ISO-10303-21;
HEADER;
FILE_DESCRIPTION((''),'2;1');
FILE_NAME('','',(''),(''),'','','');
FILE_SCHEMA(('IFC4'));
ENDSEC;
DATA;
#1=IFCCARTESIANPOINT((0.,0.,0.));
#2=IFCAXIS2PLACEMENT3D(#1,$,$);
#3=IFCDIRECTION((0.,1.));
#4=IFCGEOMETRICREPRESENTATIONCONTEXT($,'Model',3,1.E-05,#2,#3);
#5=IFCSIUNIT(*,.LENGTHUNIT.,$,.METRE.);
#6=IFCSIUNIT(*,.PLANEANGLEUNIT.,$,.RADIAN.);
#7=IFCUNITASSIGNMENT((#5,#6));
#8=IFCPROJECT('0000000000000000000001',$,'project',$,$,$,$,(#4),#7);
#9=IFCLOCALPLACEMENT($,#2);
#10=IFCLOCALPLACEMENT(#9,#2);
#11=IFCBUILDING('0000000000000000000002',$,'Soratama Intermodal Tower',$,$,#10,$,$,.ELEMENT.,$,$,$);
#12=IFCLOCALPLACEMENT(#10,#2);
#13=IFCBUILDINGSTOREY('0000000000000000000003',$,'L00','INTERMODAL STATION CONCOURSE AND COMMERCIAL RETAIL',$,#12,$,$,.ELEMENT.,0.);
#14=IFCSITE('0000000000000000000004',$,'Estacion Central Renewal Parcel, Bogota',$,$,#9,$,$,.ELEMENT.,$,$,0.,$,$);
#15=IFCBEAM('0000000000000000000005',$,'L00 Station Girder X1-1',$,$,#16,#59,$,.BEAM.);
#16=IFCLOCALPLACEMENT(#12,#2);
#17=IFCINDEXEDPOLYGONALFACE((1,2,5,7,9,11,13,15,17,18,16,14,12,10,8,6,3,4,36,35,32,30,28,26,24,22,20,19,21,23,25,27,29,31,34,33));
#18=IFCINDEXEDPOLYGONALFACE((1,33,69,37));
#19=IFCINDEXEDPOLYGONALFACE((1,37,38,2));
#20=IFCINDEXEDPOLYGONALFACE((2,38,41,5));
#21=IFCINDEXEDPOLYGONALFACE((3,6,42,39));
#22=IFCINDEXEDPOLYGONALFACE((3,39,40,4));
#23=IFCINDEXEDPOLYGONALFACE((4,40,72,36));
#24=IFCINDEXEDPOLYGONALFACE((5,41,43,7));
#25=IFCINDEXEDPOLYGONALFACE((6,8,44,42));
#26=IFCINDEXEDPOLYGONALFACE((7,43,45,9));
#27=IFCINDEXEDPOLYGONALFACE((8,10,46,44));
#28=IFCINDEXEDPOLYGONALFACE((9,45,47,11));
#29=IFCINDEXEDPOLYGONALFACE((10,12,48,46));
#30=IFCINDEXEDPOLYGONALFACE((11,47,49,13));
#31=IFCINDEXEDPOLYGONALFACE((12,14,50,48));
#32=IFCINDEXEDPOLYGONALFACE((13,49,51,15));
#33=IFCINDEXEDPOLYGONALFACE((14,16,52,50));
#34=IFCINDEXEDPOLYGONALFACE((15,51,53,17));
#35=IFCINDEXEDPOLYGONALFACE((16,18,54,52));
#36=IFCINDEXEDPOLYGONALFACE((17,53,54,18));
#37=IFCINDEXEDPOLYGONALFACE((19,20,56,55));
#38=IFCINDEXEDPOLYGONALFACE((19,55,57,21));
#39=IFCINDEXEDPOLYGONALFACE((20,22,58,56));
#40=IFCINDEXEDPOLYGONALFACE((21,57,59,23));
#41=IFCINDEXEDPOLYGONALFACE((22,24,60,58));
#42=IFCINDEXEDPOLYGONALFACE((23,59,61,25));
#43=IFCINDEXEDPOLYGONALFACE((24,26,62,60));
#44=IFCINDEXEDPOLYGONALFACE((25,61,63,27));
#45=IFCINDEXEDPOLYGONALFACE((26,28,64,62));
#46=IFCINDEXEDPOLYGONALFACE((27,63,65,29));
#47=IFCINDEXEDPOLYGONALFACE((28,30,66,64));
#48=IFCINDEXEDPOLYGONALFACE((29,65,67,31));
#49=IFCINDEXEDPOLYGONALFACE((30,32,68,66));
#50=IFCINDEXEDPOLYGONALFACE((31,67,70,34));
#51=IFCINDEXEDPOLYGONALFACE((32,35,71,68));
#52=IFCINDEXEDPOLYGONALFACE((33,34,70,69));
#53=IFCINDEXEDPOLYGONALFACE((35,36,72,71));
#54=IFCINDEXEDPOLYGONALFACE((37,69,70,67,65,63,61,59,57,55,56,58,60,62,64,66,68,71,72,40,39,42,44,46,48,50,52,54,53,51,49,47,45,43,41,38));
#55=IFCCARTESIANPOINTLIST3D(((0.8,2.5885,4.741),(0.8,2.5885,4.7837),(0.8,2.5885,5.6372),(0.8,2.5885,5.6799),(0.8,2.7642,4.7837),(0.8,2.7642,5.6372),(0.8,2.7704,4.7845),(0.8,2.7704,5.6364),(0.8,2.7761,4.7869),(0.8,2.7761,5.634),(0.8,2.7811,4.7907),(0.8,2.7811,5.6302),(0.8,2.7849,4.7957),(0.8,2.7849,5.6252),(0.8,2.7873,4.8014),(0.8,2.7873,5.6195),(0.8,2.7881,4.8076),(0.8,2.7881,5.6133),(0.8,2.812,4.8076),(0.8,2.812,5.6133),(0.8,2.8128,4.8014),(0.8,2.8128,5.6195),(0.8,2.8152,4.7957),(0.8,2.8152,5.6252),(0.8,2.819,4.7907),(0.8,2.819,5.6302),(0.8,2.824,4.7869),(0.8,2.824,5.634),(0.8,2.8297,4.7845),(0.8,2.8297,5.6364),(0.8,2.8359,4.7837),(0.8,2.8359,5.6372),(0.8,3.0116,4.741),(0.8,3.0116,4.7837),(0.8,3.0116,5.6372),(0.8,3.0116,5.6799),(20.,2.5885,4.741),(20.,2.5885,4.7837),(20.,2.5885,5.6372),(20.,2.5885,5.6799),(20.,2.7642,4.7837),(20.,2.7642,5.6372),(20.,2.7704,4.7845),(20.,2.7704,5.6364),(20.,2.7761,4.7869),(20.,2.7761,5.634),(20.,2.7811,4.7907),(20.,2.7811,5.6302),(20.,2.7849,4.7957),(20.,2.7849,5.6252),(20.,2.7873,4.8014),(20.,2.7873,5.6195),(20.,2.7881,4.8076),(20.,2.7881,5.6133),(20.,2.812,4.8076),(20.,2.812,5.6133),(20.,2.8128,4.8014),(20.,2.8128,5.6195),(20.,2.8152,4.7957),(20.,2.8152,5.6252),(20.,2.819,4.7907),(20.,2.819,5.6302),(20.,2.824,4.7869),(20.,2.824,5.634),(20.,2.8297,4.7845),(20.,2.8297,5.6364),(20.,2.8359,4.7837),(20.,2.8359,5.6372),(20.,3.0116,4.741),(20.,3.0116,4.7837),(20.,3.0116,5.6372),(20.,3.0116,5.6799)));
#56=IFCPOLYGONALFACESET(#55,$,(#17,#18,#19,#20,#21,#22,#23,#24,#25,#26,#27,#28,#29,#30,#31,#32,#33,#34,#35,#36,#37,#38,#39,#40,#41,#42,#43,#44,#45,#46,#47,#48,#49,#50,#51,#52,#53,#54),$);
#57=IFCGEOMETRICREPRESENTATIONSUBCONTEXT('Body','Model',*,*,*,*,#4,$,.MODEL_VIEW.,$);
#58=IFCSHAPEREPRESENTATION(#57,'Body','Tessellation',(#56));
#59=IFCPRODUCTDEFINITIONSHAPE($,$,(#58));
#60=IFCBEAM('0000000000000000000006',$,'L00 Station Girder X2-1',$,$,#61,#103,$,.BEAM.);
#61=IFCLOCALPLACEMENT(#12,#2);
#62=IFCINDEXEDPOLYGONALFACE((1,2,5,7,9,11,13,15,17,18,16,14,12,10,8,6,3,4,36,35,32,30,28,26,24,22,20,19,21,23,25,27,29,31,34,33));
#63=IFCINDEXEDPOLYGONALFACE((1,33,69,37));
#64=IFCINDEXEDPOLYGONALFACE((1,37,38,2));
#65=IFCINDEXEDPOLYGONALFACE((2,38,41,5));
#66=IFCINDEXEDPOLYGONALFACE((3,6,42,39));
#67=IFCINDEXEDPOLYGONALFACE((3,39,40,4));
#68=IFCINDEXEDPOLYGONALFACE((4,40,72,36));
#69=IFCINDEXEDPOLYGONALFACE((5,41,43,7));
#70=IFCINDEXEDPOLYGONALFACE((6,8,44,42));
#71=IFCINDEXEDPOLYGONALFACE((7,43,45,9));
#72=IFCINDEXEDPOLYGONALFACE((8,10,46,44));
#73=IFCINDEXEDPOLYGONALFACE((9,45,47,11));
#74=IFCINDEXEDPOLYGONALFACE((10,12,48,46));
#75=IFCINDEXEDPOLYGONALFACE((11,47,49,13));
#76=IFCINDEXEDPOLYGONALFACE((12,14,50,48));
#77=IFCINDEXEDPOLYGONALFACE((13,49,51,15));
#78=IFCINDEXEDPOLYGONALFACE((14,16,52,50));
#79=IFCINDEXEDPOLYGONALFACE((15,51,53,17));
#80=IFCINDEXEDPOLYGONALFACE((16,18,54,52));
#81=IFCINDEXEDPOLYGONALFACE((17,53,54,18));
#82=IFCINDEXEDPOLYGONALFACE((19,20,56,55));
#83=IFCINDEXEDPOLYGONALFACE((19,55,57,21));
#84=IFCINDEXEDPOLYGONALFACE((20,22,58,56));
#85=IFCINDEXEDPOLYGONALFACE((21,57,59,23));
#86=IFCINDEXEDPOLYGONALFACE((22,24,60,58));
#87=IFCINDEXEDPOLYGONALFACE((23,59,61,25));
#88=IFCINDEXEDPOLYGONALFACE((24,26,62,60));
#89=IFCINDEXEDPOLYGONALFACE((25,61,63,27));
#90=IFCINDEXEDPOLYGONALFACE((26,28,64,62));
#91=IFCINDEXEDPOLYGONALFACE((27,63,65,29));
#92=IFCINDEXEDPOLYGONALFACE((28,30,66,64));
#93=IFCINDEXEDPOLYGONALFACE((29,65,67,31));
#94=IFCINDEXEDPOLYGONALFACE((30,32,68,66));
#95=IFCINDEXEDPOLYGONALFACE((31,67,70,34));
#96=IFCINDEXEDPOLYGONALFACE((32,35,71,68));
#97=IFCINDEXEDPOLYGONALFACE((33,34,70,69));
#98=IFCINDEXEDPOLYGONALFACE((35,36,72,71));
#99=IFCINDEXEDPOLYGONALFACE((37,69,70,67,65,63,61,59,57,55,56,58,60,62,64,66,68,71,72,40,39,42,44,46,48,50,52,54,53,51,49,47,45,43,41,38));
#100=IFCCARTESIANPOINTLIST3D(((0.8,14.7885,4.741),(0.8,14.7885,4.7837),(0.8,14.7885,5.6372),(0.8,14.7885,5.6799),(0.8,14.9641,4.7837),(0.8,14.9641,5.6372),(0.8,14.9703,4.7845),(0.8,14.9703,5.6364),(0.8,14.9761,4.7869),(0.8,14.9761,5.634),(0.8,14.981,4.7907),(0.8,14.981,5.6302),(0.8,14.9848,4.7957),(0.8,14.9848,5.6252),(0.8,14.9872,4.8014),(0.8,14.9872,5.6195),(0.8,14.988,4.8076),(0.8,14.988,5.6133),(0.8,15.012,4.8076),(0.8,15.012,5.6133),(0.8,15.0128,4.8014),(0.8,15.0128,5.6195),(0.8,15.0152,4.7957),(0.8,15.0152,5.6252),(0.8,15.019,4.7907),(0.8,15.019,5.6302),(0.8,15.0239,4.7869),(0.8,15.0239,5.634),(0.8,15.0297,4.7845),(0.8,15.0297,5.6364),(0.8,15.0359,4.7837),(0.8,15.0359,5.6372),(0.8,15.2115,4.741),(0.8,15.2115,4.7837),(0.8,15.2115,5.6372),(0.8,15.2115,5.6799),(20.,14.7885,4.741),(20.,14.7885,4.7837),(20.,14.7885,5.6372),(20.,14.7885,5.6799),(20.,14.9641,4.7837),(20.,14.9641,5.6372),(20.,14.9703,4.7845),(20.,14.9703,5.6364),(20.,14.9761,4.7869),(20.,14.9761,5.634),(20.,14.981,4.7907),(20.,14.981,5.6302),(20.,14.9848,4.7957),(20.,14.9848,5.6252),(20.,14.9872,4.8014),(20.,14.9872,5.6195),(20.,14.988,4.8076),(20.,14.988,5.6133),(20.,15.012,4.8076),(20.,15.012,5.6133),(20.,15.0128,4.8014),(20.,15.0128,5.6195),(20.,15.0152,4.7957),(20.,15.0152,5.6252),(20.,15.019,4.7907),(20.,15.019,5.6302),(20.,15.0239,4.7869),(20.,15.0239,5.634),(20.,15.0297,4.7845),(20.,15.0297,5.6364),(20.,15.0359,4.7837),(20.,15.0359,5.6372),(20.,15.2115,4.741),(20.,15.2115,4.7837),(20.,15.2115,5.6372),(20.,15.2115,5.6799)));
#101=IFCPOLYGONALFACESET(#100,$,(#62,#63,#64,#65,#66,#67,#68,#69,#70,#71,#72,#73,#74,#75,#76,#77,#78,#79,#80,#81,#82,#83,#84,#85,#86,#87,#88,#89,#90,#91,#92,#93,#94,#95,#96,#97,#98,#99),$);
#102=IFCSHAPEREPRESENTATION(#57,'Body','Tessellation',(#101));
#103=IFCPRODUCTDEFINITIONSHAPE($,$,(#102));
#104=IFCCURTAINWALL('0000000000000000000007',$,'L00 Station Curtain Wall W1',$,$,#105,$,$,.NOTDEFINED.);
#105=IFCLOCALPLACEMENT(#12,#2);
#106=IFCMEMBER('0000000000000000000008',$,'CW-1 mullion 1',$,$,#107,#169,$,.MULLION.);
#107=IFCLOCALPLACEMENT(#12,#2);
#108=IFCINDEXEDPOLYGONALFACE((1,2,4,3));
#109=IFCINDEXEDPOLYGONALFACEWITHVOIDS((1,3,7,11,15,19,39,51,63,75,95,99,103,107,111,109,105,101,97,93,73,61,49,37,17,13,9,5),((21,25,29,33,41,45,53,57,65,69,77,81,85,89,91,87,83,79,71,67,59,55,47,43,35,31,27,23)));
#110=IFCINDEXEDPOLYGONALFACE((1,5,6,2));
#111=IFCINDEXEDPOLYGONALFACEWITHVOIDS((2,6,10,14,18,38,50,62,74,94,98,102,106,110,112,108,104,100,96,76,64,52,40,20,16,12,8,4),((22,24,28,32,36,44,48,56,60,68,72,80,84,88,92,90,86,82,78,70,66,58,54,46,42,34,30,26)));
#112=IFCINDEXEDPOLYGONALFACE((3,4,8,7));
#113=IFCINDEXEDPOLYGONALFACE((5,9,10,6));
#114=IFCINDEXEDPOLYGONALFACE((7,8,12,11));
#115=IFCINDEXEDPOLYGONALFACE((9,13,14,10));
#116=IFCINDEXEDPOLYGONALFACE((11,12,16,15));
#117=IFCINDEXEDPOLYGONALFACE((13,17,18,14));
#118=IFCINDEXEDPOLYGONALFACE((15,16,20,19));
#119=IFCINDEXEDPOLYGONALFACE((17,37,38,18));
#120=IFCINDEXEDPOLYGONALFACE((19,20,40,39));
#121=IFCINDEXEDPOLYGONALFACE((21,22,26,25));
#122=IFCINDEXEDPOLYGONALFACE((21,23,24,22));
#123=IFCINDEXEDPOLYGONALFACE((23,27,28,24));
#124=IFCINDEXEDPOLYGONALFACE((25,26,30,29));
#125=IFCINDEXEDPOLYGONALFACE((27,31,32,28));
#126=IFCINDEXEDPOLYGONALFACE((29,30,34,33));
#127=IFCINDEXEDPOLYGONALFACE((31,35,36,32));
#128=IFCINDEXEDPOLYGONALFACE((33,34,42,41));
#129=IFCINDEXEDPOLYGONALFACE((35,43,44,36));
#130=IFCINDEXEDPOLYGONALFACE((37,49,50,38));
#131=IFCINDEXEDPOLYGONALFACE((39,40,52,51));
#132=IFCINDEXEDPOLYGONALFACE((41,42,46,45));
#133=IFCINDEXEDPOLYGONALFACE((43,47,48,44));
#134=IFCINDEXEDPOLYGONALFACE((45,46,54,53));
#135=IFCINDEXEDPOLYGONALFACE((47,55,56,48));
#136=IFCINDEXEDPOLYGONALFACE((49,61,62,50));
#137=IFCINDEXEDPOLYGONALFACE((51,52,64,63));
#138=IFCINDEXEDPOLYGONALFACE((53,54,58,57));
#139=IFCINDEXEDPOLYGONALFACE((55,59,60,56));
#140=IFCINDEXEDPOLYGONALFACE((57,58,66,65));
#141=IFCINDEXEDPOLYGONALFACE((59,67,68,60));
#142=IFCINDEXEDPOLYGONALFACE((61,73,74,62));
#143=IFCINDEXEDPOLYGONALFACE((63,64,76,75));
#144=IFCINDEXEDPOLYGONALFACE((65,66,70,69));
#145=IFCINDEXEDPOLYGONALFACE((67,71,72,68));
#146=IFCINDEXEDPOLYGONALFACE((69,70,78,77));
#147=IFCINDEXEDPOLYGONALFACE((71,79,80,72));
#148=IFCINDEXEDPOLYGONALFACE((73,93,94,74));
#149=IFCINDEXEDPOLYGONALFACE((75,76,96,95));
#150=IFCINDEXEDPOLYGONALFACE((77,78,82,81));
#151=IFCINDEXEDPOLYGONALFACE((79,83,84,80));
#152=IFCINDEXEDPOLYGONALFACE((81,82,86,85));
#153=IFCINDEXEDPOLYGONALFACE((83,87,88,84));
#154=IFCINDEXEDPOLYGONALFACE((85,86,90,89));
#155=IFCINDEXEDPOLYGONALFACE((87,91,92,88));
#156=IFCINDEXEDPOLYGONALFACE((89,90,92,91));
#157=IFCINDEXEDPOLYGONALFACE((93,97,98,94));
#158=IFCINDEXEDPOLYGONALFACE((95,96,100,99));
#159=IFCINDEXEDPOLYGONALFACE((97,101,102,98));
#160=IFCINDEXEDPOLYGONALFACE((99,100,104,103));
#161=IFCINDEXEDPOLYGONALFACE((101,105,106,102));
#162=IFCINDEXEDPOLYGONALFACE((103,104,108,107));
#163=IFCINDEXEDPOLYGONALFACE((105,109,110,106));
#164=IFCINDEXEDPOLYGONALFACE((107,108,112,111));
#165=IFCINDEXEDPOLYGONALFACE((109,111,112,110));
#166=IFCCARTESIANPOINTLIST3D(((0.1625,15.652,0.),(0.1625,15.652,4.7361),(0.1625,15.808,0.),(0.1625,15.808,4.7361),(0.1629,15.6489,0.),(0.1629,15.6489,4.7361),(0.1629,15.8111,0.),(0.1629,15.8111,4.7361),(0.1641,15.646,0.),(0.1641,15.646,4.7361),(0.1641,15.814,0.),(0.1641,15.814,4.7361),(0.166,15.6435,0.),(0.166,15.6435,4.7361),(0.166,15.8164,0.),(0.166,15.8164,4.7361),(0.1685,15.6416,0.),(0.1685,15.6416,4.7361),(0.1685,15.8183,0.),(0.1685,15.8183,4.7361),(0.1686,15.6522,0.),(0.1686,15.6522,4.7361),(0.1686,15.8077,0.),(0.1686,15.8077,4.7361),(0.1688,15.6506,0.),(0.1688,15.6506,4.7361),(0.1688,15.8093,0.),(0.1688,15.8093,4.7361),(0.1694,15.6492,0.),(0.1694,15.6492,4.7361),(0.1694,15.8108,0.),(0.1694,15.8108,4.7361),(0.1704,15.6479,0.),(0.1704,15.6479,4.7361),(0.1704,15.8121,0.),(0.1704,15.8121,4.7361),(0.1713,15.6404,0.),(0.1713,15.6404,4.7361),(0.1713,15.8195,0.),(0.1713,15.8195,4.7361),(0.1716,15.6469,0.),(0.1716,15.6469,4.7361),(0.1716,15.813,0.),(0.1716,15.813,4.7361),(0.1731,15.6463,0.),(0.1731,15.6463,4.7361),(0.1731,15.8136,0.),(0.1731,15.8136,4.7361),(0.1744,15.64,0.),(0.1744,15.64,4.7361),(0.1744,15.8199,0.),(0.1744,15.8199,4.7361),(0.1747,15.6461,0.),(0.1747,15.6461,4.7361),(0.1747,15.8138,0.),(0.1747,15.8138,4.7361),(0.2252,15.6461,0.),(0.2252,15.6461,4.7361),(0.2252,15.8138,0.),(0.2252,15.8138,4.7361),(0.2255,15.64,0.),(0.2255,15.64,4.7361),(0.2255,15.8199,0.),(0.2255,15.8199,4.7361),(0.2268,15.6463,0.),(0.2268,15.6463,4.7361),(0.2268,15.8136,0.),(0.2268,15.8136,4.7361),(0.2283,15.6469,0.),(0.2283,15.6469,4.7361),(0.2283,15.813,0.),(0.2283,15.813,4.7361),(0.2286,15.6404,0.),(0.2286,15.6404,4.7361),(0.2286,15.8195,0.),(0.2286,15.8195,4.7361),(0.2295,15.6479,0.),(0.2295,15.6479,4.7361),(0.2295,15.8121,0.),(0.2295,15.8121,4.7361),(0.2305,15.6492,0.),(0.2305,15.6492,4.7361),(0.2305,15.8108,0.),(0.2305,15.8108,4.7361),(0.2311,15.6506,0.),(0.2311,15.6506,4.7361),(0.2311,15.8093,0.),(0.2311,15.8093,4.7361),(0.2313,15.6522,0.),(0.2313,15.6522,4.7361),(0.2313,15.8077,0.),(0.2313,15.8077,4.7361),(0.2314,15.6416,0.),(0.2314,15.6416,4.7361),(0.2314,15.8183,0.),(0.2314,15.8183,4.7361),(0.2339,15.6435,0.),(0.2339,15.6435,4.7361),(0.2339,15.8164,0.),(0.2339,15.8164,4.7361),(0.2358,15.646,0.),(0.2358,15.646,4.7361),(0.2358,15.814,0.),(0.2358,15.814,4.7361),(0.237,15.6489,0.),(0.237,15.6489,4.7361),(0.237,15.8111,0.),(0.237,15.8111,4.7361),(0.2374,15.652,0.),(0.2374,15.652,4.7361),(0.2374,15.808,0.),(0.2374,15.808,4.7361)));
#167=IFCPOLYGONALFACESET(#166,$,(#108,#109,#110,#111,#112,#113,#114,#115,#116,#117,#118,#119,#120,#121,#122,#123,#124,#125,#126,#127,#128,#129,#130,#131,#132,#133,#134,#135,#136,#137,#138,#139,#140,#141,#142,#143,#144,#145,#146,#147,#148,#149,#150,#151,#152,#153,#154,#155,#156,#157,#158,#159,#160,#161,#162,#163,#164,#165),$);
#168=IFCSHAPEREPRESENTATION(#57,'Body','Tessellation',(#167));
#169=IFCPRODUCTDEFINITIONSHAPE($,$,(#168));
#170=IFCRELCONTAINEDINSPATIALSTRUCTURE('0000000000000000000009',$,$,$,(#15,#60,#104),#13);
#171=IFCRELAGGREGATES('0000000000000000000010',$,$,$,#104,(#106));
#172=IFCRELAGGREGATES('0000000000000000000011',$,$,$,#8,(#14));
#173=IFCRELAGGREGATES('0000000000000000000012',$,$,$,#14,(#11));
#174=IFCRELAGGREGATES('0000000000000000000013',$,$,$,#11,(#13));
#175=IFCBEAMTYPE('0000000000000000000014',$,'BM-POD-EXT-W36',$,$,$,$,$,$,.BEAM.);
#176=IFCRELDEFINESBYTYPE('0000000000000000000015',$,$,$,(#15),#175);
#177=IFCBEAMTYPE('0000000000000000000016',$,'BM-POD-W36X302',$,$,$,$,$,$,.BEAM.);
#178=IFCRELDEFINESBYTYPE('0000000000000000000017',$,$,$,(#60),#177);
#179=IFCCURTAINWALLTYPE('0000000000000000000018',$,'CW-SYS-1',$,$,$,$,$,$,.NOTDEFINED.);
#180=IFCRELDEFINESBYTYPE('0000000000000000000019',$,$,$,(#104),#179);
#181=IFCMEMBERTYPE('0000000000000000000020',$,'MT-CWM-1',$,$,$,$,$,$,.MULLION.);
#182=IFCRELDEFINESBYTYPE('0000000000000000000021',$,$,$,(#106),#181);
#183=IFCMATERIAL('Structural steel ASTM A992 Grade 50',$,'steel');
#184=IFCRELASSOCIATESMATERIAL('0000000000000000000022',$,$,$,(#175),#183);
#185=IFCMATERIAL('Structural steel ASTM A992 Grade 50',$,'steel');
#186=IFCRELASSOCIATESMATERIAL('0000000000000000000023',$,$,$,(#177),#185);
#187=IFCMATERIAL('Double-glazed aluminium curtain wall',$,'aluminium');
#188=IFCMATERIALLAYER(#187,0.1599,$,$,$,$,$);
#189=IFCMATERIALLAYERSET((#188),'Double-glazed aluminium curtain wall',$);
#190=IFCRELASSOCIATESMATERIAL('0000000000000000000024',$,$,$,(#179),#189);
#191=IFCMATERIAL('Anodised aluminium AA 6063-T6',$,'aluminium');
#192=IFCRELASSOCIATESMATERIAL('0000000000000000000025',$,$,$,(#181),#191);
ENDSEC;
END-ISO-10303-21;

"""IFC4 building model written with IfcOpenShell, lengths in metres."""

from ifc_helpers import new_model, si_unit, direction, frame, origin, origin_2d, place, context, subcontext, project, spatial, hollow_rectangle, i_section, extrude, material, layer, layer_set, material_profile, profile_set, type_object, element, aggregate, save


model = new_model("IFC4")

# Units and contexts
model_context = context("Model", 3, precision=1e-05, world=origin(), true_north=direction((0.0, 1.0)))
body_context = subcontext(model_context, "Body", "Model", "MODEL_VIEW")
ifc_project = project(units=[si_unit("LENGTHUNIT", "METRE"), si_unit("PLANEANGLEUNIT", "RADIAN")], contexts=[model_context])

# Site, building, storey
site_placement = place(None, origin())
site = spatial("IfcSite", under=ifc_project, at=site_placement, Name="Estacion Central Renewal Parcel, Bogota", CompositionType="ELEMENT", RefElevation=0.0)
building_placement = place(site_placement, origin())
building = spatial("IfcBuilding", under=site, at=building_placement, Name="Soratama Intermodal Tower", CompositionType="ELEMENT")
storey_placement = place(building_placement, origin())
storey = spatial("IfcBuildingStorey", under=building, at=storey_placement, Name="L00", Description="INTERMODAL STATION CONCOURSE AND COMMERCIAL RETAIL", CompositionType="ELEMENT", Elevation=0.0)

# Beams
ifc_material_1 = material(Name="Structural steel ASTM A992 Grade 50", Category="steel")
ifc_material_profile_1 = material_profile(ifc_material_1, i_section(OverallWidth=0.4231, OverallDepth=0.939, WebThickness=0.0239, FlangeThickness=0.0427, FilletRadius=0.0239, at=origin_2d()), Name="W36X302")
ifc_profile_set_1 = profile_set([ifc_material_profile_1], Name="Structural steel ASTM A992 Grade 50")
beam_type_1 = type_object("IfcBeamType", Name="BM-POD-EXT-W36", PredefinedType="BEAM", material=ifc_profile_set_1)
beam_1_placement = place(storey_placement, frame((0.8, 2.8, 5.2104), z_axis=(1.0, 0.0, 0.0), x_axis=(0.0, 1.0, 0.0)))
element("IfcBeam", 1, at=beam_1_placement, inside=storey, type_object=beam_type_1, Name="L00 Station Girder X1-1", PredefinedType="BEAM", context=body_context, shape_type="SweptSolid", body=[
    extrude(i_section(OverallWidth=0.4231, OverallDepth=0.939, WebThickness=0.0239, FlangeThickness=0.0427, FilletRadius=0.0239, at=origin_2d()), origin(), (0.0, 0.0, 1.0), 19.2),
])
ifc_material_2 = material(Name="Structural steel ASTM A992 Grade 50", Category="steel")
ifc_material_profile_2 = material_profile(ifc_material_2, i_section(OverallWidth=0.4231, OverallDepth=0.939, WebThickness=0.0239, FlangeThickness=0.0427, FilletRadius=0.0239, at=origin_2d()), Name="W36X302")
ifc_profile_set_2 = profile_set([ifc_material_profile_2], Name="Structural steel ASTM A992 Grade 50")
beam_type_2 = type_object("IfcBeamType", Name="BM-POD-W36X302", PredefinedType="BEAM", material=ifc_profile_set_2)
beam_2_placement = place(storey_placement, frame((0.8, 15.0, 5.2104), z_axis=(1.0, 0.0, 0.0), x_axis=(0.0, 1.0, 0.0)))
element("IfcBeam", 2, at=beam_2_placement, inside=storey, type_object=beam_type_2, Name="L00 Station Girder X2-1", PredefinedType="BEAM", context=body_context, shape_type="SweptSolid", body=[
    extrude(i_section(OverallWidth=0.4231, OverallDepth=0.939, WebThickness=0.0239, FlangeThickness=0.0427, FilletRadius=0.0239, at=origin_2d()), origin(), (0.0, 0.0, 1.0), 19.2),
])

# Curtain wall, member
ifc_material_3 = material(Name="Double-glazed aluminium curtain wall", Category="aluminium")
ifc_layer_1 = layer(ifc_material_3, 0.1599)
ifc_layer_set_1 = layer_set([ifc_layer_1], Name="Double-glazed aluminium curtain wall")
curtain_wall_type = type_object("IfcCurtainWallType", Name="CW-SYS-1", PredefinedType="NOTDEFINED", material=ifc_layer_set_1)
curtain_wall_placement = place(storey_placement, origin())
curtain_wall = element("IfcCurtainWall", 3, at=curtain_wall_placement, inside=storey, type_object=curtain_wall_type, Name="L00 Station Curtain Wall W1", PredefinedType="NOTDEFINED")
ifc_material_4 = material(Name="Anodised aluminium AA 6063-T6", Category="aluminium")
ifc_material_profile_3 = material_profile(ifc_material_4, hollow_rectangle(XDim=0.075, YDim=0.1799, WallThickness=0.0061, InnerFilletRadius=0.0061, OuterFilletRadius=0.012, at=origin_2d()), Name="CWM180X75X6")
ifc_profile_set_3 = profile_set([ifc_material_profile_3], Name="Anodised aluminium AA 6063-T6")
member_type_1 = type_object("IfcMemberType", Name="MT-CWM-1", PredefinedType="MULLION", material=ifc_profile_set_3)
member_1_placement = place(storey_placement, frame((0.2, 15.73, 0.0), z_axis=(0.0, 0.0, 1.0), x_axis=(-1.0, 0.0, 0.0)))
member_1 = element("IfcMember", 4, at=member_1_placement, type_object=member_type_1, Name="CW-1 mullion 1", PredefinedType="MULLION", context=body_context, shape_type="SweptSolid", body=[
    extrude(hollow_rectangle(XDim=0.075, YDim=0.1799, WallThickness=0.0061, InnerFilletRadius=0.0061, OuterFilletRadius=0.012, at=origin_2d()), origin(), (0.0, 0.0, 1.0), 4.7361),
])
aggregate(curtain_wall, [member_1])

save(model, "model.ifc")
